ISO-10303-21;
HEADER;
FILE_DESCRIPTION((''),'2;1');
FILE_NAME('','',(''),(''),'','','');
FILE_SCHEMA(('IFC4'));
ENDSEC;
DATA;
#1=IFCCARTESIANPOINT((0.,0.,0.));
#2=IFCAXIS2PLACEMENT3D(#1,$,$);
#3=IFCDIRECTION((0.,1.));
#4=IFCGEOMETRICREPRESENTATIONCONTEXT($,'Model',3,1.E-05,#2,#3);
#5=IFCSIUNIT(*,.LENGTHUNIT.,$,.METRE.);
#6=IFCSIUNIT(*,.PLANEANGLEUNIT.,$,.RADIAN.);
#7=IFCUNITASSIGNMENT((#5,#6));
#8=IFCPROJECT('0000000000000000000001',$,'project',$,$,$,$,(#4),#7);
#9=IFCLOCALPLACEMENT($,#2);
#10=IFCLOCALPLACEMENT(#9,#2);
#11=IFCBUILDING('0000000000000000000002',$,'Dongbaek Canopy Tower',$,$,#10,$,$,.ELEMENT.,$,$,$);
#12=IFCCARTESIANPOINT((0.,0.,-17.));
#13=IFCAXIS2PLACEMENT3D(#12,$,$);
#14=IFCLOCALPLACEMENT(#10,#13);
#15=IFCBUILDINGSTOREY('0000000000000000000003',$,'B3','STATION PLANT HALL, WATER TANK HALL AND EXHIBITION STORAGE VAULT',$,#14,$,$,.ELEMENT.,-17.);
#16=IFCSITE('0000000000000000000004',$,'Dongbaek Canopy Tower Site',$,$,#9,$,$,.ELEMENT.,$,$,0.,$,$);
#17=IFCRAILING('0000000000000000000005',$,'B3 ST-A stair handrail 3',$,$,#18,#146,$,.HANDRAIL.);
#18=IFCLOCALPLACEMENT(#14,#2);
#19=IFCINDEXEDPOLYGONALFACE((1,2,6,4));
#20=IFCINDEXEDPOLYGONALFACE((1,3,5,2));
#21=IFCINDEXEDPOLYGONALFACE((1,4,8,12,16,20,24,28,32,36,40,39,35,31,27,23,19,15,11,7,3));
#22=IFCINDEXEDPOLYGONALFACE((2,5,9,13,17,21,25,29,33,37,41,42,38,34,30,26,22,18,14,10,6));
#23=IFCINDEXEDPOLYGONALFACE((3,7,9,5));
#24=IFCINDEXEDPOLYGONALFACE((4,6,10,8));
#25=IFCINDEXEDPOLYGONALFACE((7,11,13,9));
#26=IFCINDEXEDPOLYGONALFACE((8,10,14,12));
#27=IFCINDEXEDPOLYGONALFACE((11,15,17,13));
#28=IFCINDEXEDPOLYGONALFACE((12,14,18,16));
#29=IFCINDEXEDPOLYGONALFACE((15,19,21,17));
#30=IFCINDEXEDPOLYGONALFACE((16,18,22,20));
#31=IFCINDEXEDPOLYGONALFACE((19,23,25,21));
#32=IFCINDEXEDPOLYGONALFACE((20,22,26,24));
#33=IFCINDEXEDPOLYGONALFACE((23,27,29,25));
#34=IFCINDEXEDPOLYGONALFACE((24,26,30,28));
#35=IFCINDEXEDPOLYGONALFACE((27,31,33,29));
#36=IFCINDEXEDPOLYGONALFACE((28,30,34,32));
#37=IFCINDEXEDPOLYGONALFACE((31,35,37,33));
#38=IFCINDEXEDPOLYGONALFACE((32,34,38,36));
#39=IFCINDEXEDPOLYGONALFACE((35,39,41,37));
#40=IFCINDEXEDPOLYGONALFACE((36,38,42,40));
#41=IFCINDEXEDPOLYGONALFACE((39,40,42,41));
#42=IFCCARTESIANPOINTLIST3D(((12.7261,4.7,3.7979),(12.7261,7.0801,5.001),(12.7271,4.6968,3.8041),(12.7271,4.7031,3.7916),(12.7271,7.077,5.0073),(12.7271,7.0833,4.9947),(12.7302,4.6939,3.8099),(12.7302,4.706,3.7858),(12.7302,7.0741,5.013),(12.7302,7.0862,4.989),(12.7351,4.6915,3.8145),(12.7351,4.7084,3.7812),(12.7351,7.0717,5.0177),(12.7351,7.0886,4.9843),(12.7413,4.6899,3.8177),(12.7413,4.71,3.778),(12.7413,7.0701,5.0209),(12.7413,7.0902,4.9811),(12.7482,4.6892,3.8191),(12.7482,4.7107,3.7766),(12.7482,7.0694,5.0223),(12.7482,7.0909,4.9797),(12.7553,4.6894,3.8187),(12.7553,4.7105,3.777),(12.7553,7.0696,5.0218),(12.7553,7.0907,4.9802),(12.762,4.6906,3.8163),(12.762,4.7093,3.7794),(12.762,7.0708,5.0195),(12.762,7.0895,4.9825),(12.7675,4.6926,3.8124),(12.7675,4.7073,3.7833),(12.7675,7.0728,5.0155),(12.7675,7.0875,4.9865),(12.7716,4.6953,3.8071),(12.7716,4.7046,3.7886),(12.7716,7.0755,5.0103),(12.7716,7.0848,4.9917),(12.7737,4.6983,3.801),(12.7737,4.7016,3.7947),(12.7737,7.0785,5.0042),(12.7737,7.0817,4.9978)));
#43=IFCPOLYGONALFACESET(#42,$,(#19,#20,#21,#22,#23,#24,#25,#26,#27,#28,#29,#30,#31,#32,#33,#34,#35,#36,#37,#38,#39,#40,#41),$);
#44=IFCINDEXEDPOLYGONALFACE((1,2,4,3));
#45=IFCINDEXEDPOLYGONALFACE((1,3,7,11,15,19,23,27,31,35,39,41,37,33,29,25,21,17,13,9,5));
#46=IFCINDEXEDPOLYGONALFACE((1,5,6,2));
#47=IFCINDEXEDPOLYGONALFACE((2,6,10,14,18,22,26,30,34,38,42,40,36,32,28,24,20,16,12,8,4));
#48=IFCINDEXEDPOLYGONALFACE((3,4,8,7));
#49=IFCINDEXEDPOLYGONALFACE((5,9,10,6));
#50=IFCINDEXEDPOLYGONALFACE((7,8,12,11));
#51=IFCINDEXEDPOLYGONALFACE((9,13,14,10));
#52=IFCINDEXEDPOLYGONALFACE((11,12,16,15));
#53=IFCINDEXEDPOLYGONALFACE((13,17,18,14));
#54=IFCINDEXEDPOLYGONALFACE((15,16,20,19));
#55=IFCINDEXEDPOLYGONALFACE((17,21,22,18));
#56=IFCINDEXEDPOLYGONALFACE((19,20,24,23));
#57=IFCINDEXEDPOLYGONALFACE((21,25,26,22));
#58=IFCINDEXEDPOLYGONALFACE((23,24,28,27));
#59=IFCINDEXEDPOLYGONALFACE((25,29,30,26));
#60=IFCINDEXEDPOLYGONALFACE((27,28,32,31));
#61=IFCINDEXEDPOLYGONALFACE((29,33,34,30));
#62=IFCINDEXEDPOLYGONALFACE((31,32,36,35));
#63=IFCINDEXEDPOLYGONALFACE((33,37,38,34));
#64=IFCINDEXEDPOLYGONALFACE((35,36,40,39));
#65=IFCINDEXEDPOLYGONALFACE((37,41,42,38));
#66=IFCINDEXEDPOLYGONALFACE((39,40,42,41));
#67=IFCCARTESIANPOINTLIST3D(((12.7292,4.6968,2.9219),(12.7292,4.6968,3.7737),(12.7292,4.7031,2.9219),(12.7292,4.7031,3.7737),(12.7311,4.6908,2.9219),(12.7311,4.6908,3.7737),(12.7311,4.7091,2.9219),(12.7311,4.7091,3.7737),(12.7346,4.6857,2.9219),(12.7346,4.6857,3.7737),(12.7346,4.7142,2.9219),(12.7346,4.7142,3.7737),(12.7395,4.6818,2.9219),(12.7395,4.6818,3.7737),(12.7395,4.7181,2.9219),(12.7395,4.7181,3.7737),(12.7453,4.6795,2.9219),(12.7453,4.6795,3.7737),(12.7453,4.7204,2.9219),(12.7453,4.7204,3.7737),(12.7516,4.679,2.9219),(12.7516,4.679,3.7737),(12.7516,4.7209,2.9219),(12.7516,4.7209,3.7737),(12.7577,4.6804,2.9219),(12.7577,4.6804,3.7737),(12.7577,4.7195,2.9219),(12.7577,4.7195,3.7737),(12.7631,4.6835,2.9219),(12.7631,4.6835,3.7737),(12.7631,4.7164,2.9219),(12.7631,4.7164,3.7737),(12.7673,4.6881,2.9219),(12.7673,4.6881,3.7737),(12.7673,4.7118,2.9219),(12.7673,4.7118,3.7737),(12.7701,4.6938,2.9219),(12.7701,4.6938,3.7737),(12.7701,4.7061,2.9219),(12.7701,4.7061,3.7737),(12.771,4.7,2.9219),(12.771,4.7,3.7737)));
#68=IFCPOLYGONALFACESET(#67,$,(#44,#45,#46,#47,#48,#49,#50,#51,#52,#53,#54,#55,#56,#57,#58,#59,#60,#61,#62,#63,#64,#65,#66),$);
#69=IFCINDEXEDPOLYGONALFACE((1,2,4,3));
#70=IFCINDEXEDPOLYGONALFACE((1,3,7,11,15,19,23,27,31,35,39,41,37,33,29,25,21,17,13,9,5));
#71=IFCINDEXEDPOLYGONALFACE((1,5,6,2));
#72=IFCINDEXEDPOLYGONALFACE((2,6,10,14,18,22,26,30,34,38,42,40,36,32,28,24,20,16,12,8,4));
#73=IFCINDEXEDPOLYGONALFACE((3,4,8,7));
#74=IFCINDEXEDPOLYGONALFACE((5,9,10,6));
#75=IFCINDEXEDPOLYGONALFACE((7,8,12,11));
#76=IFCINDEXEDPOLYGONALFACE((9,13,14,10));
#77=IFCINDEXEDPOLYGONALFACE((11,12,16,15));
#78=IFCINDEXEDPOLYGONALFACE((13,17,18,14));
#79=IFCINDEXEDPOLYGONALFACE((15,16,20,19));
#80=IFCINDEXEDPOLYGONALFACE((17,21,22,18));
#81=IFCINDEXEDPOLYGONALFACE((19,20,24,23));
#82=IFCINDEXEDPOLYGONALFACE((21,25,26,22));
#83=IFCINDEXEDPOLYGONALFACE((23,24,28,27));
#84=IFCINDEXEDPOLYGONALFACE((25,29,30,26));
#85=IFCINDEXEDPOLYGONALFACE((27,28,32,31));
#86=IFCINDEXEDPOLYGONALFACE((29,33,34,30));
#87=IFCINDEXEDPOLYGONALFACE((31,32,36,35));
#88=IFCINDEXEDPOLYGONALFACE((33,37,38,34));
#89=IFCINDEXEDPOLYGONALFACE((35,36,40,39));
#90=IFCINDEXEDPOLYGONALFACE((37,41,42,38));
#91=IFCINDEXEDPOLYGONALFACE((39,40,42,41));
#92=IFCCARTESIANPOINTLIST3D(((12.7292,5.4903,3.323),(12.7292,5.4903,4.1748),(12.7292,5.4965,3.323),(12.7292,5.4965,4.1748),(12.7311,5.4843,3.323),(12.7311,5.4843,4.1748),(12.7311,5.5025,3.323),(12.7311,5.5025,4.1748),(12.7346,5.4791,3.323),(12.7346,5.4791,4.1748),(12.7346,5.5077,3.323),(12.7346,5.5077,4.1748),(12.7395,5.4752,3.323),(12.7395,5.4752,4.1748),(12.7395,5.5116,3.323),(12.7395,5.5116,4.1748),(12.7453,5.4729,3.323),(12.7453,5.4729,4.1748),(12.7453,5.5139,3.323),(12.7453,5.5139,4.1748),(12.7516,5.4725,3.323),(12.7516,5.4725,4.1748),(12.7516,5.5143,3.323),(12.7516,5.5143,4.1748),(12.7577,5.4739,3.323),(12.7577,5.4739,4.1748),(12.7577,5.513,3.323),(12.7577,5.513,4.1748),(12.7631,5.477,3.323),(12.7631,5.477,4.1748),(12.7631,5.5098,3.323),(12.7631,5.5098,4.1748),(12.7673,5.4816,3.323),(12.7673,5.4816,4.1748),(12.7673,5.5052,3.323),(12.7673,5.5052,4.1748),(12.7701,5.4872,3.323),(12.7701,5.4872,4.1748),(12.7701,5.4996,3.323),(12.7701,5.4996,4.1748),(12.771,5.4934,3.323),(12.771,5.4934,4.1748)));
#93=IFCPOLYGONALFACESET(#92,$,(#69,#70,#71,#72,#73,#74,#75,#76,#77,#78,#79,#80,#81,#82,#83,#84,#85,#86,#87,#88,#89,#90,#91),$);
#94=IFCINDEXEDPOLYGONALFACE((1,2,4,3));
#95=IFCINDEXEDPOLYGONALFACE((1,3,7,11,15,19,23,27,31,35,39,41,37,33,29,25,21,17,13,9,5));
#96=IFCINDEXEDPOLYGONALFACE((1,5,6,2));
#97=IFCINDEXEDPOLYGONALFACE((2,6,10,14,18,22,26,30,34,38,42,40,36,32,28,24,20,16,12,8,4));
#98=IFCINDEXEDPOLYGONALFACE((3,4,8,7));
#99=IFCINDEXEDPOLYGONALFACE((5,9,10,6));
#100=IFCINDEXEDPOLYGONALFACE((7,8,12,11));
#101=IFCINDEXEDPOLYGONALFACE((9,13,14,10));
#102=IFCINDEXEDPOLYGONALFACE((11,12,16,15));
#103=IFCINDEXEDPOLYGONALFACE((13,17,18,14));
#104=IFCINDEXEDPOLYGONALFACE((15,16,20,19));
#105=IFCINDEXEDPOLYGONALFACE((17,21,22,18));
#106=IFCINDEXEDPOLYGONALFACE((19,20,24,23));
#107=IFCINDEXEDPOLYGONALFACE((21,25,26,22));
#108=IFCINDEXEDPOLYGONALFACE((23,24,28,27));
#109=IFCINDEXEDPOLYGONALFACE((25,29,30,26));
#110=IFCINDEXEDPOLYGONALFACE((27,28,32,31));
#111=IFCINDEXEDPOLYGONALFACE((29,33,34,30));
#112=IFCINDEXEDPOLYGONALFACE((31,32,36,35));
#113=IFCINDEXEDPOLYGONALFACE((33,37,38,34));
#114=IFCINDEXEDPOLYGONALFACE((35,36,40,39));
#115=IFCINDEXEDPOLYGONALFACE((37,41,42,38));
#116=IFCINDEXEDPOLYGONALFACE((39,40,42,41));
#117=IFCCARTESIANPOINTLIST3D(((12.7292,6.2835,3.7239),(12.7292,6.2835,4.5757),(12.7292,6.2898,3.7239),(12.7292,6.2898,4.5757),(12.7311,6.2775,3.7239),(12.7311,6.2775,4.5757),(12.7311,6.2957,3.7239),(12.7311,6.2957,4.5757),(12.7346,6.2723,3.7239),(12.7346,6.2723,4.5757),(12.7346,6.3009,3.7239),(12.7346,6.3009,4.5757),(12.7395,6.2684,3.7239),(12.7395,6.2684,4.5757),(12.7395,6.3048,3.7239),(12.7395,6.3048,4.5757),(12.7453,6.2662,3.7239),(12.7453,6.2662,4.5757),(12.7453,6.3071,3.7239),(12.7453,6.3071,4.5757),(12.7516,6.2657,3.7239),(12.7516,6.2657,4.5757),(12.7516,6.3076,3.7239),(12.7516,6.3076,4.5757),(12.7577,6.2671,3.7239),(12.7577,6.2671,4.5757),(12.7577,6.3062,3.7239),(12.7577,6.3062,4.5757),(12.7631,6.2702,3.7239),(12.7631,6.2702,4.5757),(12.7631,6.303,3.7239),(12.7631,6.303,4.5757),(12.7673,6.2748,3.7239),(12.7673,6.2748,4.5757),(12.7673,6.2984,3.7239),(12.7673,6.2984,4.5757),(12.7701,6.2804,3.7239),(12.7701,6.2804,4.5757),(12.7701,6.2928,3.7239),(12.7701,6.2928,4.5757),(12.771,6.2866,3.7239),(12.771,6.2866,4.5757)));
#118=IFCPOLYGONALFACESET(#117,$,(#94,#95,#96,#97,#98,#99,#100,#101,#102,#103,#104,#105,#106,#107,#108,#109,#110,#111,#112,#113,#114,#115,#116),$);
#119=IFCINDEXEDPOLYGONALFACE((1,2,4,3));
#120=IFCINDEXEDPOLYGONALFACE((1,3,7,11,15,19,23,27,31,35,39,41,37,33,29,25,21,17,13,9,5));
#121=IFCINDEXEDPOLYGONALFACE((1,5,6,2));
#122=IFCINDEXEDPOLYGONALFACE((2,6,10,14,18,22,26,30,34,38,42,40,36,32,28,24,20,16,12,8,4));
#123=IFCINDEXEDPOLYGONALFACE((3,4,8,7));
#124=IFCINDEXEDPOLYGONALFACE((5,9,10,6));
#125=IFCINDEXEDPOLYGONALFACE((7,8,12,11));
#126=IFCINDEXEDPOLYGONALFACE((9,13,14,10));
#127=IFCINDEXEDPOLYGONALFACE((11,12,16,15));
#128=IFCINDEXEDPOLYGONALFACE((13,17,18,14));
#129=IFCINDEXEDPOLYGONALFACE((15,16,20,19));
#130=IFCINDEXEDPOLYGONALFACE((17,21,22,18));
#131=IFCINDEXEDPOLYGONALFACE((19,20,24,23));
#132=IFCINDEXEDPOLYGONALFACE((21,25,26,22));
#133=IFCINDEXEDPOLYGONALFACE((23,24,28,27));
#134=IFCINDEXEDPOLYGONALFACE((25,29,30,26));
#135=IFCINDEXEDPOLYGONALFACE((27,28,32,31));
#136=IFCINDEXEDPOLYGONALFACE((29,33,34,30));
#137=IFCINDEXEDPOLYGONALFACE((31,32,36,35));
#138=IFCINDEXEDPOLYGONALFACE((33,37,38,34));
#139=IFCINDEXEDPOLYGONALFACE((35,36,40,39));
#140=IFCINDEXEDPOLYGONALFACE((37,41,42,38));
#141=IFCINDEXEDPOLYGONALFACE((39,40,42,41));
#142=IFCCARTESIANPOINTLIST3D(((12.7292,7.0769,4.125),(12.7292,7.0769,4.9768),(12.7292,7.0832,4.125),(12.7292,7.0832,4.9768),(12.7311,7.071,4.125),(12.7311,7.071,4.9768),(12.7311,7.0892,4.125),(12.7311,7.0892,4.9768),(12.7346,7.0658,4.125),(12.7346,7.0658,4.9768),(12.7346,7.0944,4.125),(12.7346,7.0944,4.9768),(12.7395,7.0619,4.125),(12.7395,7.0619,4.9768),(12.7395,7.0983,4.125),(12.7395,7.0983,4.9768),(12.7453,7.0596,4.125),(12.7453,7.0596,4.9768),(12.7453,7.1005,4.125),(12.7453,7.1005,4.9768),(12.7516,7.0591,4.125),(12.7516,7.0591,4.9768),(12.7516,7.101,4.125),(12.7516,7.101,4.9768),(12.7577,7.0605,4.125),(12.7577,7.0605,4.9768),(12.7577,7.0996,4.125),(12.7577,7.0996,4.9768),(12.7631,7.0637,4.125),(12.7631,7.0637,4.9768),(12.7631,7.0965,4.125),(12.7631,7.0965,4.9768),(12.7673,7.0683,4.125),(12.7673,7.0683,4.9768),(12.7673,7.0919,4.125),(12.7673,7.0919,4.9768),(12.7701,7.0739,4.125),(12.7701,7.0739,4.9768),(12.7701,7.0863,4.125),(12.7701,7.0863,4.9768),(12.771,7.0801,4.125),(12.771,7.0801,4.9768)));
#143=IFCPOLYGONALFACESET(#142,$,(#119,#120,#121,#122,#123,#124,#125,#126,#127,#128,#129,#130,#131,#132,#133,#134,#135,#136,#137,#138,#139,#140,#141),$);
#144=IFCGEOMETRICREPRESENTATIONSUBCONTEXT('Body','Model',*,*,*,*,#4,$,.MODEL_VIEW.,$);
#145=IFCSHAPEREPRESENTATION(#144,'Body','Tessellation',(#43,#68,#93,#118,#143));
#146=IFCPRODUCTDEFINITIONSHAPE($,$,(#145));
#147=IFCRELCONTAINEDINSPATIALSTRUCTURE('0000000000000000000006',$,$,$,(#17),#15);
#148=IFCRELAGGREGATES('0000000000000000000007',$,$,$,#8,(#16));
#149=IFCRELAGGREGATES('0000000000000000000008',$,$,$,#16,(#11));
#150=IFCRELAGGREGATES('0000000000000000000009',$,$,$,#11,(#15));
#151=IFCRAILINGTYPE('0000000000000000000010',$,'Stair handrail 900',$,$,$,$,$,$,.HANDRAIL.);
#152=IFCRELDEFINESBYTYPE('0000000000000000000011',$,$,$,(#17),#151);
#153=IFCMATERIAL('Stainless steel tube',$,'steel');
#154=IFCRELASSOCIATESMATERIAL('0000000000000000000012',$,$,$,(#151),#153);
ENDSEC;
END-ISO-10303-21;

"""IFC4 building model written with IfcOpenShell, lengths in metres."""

from ifc_helpers import new_model, si_unit, direction, frame, origin, origin_2d, place, context, subcontext, project, spatial, circle, extrude, material, type_object, element, save


model = new_model("IFC4")

# Units and contexts
model_context = context("Model", 3, precision=1e-05, world=origin(), true_north=direction((0.0, 1.0)))
body_context = subcontext(model_context, "Body", "Model", "MODEL_VIEW")
ifc_project = project(units=[si_unit("LENGTHUNIT", "METRE"), si_unit("PLANEANGLEUNIT", "RADIAN")], contexts=[model_context])

# Site, building, storey
site_placement = place(None, origin())
site = spatial("IfcSite", under=ifc_project, at=site_placement, Name="Dongbaek Canopy Tower Site", CompositionType="ELEMENT", RefElevation=0.0)
building_placement = place(site_placement, origin())
building = spatial("IfcBuilding", under=site, at=building_placement, Name="Dongbaek Canopy Tower", CompositionType="ELEMENT")
storey_placement = place(building_placement, frame((0.0, 0.0, -17.0)))
storey = spatial("IfcBuildingStorey", under=building, at=storey_placement, Name="B3", Description="STATION PLANT HALL, WATER TANK HALL AND EXHIBITION STORAGE VAULT", CompositionType="ELEMENT", Elevation=-17.0)

# Railing
ifc_material_1 = material(Name="Stainless steel tube", Category="steel")
railing_type_1 = type_object("IfcRailingType", Name="Stair handrail 900", PredefinedType="HANDRAIL", material=ifc_material_1)
for number, where, name in (
    (1, (12.75, 4.7, 2.9219), "B3 ST-A stair handrail 3"),
):
    element("IfcRailing", number, at=place(storey_placement, frame(where)), inside=storey, type_object=railing_type_1, Name=name, PredefinedType="HANDRAIL", context=body_context, shape_type="SweptSolid", body=[
        extrude(circle(Radius=0.0239, at=origin_2d()), frame((0.0, 0.0, 0.876), z_axis=(0.0, 0.89246, 0.451127), x_axis=(-1.0, 0.0, 0.0)), (0.0, 0.0, 1.0), 2.667),
        extrude(circle(Radius=0.021, at=origin_2d()), origin(), (0.0, 0.0, 1.0), 0.8518),
        extrude(circle(Radius=0.021, at=origin_2d()), frame((0.0, 0.7935, 0.4011)), (0.0, 0.0, 1.0), 0.8518),
        extrude(circle(Radius=0.021, at=origin_2d()), frame((0.0, 1.5867, 0.802)), (0.0, 0.0, 1.0), 0.8518),
        extrude(circle(Radius=0.021, at=origin_2d()), frame((0.0, 2.3801, 1.2031)), (0.0, 0.0, 1.0), 0.8518),
    ])

save(model, "model.ifc")
